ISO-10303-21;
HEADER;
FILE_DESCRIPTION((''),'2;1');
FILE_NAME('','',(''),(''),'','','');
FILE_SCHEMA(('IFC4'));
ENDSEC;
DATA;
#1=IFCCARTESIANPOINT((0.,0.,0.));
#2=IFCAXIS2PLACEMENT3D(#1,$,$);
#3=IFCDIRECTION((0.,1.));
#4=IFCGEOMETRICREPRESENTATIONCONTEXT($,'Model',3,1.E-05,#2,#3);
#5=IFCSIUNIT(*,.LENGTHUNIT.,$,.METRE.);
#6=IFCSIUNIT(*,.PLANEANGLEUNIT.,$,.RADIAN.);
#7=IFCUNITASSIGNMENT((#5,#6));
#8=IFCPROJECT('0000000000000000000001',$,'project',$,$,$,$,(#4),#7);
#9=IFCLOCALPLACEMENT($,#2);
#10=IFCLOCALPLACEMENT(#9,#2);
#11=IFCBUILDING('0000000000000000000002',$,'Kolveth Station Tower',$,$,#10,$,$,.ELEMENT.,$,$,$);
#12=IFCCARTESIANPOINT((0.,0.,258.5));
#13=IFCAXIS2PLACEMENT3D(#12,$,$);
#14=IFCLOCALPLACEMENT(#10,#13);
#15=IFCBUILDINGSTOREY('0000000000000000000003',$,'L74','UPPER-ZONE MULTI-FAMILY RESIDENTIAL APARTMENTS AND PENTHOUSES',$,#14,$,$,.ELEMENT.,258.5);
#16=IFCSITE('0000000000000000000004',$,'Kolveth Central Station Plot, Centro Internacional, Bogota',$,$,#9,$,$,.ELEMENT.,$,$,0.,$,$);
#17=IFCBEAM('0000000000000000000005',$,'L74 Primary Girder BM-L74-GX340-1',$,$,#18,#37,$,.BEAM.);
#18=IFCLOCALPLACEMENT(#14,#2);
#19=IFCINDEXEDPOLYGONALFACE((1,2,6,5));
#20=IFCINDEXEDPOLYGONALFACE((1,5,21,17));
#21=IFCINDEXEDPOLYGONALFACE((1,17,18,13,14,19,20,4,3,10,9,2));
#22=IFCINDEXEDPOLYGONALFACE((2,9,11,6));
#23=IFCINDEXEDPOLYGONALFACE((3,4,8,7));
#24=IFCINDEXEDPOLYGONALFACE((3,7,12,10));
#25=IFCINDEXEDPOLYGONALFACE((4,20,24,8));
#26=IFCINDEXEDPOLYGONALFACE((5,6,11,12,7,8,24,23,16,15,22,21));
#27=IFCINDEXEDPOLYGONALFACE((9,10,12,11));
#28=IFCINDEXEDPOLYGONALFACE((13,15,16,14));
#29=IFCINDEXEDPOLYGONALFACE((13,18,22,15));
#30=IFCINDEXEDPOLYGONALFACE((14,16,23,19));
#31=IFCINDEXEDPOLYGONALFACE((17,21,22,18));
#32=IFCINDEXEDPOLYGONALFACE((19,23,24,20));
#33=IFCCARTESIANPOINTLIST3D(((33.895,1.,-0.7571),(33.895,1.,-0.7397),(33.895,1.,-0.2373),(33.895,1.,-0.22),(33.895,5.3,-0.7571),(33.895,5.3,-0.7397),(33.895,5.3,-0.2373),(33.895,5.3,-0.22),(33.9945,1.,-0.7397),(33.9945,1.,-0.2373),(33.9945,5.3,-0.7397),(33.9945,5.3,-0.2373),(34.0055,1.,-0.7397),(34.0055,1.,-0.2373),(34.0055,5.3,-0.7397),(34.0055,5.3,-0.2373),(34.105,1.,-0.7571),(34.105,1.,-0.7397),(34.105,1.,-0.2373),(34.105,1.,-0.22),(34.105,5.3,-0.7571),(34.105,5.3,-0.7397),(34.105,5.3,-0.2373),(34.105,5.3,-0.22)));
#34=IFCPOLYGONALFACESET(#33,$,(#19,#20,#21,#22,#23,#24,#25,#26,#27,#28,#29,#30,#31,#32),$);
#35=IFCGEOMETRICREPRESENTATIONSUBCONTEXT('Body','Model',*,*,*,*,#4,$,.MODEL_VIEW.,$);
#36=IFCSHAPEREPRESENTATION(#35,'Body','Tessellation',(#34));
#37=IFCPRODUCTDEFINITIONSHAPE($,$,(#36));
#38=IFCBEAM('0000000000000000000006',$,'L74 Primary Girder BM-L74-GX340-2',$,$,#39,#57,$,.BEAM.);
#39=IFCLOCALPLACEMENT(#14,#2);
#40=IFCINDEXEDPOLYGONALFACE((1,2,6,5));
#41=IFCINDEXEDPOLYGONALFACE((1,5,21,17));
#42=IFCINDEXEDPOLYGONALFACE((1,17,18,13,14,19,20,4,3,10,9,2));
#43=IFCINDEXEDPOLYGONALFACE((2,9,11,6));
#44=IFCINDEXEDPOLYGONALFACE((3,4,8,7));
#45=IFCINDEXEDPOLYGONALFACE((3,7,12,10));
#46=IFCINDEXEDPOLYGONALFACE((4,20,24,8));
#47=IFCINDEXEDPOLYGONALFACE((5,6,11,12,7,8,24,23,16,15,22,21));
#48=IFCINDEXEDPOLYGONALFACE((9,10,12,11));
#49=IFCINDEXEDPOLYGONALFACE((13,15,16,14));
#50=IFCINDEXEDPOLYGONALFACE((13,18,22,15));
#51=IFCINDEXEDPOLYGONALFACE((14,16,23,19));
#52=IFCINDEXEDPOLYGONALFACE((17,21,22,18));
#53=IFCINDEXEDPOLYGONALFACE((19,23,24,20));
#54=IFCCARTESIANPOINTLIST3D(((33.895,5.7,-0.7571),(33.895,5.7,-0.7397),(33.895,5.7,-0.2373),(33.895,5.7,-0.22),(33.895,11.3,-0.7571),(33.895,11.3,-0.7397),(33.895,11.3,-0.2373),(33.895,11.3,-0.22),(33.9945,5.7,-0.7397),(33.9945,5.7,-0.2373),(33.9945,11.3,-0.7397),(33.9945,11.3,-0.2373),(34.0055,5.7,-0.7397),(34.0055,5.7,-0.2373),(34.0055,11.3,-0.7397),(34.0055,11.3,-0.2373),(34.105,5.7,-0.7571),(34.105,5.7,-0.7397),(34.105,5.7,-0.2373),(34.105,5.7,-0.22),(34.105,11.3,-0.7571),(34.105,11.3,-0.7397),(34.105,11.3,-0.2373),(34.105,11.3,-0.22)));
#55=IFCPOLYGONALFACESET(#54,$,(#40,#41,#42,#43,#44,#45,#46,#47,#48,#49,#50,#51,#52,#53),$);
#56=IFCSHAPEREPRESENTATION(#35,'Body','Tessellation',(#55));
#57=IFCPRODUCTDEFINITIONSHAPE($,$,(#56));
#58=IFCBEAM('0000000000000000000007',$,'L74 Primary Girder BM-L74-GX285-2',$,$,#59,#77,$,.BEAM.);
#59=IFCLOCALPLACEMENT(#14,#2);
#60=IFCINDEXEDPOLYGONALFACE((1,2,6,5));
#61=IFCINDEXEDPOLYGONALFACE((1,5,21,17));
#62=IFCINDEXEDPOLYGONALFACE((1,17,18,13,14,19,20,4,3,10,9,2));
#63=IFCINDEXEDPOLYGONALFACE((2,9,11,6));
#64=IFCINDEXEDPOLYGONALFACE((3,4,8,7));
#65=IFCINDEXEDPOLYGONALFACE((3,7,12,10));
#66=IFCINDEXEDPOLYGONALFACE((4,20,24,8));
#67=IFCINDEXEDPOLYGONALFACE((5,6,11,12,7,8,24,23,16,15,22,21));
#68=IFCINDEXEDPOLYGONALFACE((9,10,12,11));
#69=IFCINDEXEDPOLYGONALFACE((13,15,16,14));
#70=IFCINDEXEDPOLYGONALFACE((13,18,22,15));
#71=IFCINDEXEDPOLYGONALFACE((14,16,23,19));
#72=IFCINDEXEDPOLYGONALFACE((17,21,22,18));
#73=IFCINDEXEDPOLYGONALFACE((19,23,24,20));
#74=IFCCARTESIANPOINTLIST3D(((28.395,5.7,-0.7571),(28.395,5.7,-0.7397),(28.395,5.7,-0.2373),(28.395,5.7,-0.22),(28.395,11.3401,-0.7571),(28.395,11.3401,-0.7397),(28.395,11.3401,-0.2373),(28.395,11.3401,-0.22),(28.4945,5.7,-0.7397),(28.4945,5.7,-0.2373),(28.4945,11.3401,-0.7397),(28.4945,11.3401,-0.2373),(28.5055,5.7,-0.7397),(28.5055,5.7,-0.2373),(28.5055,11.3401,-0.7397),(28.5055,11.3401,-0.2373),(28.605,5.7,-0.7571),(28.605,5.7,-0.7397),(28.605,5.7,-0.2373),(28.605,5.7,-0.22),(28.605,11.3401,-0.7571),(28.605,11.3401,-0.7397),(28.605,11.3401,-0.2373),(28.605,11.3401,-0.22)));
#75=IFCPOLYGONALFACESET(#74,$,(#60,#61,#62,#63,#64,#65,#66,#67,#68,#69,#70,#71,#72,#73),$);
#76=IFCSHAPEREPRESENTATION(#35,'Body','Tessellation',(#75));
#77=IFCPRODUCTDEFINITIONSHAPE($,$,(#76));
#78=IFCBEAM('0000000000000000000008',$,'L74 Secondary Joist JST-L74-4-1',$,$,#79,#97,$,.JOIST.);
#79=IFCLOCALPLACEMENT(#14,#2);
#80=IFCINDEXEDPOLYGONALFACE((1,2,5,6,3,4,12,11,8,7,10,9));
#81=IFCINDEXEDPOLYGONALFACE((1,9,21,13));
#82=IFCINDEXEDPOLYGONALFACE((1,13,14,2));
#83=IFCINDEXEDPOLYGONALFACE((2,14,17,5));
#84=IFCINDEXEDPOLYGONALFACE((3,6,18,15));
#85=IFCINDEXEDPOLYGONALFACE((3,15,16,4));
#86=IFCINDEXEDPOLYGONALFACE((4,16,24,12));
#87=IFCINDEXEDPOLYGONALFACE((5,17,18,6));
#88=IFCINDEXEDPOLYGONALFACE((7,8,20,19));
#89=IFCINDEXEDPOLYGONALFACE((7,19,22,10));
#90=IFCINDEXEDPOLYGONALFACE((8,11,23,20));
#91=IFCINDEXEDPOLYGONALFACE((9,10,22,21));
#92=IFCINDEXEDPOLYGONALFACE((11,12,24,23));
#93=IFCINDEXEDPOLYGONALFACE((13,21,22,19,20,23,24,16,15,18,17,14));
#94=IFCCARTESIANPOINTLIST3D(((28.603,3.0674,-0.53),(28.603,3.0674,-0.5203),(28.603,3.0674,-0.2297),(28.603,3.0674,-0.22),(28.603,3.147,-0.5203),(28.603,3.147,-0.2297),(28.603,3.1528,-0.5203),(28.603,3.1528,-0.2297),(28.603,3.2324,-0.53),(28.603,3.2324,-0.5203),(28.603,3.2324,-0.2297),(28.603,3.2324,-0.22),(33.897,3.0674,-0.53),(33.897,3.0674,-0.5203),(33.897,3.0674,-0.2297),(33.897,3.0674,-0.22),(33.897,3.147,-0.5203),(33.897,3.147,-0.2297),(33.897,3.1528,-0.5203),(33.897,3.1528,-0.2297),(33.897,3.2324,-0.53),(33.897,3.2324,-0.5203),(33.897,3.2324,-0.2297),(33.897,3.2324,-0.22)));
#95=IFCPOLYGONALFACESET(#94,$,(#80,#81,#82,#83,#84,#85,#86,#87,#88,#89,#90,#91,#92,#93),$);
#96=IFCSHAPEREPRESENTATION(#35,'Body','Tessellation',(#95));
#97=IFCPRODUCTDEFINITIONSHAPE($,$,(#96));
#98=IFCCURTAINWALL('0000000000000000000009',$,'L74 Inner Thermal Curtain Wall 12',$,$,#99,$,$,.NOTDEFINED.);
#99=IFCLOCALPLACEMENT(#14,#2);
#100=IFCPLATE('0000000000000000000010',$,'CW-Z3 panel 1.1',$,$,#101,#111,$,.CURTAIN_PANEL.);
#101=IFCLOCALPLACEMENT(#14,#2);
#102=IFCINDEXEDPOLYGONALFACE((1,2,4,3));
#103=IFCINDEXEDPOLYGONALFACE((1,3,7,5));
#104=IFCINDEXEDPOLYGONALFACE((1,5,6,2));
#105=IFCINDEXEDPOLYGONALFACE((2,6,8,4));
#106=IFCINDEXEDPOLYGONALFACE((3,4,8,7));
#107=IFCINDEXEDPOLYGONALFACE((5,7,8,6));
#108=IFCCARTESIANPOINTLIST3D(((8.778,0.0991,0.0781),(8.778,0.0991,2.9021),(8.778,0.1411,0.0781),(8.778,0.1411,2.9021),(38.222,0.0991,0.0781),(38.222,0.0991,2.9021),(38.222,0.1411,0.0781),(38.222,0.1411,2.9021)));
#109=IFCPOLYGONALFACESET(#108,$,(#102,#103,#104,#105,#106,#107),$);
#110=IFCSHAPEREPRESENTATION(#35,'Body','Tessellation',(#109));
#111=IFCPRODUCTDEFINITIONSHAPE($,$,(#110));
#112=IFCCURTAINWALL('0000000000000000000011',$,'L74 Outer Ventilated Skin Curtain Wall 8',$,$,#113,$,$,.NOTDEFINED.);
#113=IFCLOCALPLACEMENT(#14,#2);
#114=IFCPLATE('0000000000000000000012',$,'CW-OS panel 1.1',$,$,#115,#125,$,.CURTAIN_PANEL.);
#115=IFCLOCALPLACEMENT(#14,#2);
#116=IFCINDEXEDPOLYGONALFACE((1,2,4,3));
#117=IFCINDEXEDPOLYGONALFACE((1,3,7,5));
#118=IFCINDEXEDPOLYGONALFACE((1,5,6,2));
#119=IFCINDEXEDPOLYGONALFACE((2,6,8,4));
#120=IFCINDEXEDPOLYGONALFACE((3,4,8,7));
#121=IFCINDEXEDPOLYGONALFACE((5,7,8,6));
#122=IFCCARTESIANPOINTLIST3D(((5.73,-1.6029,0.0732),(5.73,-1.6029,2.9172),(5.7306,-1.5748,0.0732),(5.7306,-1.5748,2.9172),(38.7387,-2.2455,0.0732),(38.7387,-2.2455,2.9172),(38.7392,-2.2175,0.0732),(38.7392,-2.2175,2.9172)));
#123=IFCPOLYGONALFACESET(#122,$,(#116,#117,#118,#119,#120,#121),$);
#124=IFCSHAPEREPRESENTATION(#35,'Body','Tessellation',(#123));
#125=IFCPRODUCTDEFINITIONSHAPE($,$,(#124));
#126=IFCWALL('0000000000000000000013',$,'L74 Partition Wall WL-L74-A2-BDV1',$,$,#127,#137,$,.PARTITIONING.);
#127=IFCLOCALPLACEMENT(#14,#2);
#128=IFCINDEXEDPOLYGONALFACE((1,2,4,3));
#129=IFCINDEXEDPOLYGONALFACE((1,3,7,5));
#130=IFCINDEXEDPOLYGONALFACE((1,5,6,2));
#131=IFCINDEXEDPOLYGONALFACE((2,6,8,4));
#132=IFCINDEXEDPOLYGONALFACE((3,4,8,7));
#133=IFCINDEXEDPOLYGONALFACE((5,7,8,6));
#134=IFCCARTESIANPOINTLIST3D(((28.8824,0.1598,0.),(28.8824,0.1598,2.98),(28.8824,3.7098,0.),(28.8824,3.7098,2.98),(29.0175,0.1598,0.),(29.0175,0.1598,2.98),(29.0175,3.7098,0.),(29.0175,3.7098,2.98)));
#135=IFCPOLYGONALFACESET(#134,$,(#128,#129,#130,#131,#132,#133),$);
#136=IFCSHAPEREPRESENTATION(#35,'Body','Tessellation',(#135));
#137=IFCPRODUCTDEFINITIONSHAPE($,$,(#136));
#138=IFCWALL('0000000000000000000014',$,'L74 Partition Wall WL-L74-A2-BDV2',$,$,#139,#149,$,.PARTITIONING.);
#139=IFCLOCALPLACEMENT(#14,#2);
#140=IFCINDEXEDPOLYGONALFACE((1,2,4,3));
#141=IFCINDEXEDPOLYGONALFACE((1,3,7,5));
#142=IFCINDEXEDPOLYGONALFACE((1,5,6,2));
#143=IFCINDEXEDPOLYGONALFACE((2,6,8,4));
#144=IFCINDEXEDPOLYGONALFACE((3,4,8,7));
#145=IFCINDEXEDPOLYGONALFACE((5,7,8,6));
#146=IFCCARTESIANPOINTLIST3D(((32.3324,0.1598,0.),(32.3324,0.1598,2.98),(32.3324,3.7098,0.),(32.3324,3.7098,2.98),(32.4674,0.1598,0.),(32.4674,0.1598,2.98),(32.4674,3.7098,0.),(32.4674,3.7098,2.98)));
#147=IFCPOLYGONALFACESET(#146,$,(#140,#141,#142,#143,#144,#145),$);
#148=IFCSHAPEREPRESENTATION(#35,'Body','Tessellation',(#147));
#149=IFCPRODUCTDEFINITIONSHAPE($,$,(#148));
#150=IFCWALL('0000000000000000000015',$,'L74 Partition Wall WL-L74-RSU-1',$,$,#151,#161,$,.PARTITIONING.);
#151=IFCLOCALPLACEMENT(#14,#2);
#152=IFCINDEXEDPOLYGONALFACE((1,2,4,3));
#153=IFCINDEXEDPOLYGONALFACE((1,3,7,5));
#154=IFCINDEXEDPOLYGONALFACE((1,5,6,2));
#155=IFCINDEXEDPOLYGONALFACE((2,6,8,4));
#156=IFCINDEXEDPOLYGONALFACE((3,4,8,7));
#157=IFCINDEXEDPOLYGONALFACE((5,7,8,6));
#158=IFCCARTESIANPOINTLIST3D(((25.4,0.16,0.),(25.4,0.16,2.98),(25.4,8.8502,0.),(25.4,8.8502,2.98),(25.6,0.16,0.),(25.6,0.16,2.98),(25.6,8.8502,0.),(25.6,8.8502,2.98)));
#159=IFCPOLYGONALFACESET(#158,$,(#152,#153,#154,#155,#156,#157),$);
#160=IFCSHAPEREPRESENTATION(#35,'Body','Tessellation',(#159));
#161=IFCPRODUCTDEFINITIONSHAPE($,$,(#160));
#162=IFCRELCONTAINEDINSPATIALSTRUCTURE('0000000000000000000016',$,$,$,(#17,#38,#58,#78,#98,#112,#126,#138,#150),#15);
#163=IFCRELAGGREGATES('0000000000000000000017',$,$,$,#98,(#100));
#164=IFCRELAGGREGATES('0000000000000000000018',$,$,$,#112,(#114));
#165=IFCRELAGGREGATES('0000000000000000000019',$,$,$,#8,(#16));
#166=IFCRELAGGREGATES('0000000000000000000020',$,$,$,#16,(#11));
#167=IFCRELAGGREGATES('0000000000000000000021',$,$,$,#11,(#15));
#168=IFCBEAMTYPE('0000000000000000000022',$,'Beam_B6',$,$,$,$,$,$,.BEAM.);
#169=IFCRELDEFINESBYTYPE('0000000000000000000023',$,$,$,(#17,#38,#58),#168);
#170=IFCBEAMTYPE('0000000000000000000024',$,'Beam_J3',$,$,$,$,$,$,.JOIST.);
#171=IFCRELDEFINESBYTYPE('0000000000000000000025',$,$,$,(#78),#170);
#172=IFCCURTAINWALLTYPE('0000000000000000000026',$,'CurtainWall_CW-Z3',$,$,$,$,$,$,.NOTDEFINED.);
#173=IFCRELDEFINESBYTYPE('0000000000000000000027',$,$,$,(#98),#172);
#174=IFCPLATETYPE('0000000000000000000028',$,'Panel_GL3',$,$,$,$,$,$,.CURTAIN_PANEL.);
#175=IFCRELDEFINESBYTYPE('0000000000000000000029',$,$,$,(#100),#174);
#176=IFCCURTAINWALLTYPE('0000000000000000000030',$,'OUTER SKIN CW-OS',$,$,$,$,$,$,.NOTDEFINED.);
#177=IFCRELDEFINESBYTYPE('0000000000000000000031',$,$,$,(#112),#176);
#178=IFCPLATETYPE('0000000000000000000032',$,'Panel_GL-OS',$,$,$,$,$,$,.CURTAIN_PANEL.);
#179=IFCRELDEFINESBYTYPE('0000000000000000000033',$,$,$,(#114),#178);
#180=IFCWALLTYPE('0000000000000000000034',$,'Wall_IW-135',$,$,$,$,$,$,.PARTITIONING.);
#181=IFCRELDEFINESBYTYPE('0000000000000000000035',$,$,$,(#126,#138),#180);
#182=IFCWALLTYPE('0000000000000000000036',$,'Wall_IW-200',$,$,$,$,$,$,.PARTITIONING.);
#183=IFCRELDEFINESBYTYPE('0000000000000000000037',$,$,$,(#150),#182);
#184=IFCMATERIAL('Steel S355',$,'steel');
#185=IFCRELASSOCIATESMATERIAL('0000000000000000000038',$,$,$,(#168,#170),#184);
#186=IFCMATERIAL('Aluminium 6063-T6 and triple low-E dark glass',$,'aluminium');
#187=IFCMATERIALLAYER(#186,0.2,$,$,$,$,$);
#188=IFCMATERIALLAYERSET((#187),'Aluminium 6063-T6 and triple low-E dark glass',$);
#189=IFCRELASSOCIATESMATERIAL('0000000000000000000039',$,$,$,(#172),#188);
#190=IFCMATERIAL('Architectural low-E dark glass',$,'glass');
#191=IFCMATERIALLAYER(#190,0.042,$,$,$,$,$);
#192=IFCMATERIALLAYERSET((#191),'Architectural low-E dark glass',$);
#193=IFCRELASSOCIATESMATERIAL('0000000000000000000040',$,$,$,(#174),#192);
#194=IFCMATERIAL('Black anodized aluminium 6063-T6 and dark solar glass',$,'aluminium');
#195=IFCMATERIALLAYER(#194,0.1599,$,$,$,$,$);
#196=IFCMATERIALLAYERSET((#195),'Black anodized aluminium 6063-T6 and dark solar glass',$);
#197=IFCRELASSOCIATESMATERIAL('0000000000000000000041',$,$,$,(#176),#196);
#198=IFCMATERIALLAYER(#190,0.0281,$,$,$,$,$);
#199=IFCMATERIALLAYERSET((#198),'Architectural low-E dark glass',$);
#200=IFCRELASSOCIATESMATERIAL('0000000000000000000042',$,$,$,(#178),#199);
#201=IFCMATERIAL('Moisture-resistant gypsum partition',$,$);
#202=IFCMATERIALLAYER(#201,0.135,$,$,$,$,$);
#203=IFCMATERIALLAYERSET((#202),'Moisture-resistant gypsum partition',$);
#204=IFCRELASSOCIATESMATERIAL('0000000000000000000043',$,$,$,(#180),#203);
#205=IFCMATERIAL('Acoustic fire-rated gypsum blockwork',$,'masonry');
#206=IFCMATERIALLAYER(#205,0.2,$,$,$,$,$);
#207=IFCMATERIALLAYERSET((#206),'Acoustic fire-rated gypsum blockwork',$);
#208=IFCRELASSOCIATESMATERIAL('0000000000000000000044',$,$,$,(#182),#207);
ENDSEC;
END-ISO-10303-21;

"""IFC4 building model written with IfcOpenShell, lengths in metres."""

from ifc_helpers import new_model, si_unit, direction, frame, frame_2d, origin, origin_2d, place, context, subcontext, project, spatial, rectangle, i_section, extrude, source, transform, mapped, material, layer, layer_set, material_profile, profile_set, type_object, element, aggregate, save


model = new_model("IFC4")

# Units and contexts
model_context = context("Model", 3, precision=1e-05, world=origin(), true_north=direction((0.0, 1.0)))
body_context = subcontext(model_context, "Body", "Model", "MODEL_VIEW")
ifc_project = project(units=[si_unit("LENGTHUNIT", "METRE"), si_unit("PLANEANGLEUNIT", "RADIAN")], contexts=[model_context])

# Site, building, storey
site_placement = place(None, origin())
site = spatial("IfcSite", under=ifc_project, at=site_placement, Name="Kolveth Central Station Plot, Centro Internacional, Bogota", CompositionType="ELEMENT", RefElevation=0.0)
building_placement = place(site_placement, origin())
building = spatial("IfcBuilding", under=site, at=building_placement, Name="Kolveth Station Tower", CompositionType="ELEMENT")
storey_placement = place(building_placement, frame((0.0, 0.0, 258.5)))
storey = spatial("IfcBuildingStorey", under=building, at=storey_placement, Name="L74", Description="UPPER-ZONE MULTI-FAMILY RESIDENTIAL APARTMENTS AND PENTHOUSES", CompositionType="ELEMENT", Elevation=258.5)

# Shared definitions
ifc_material_1 = material(Name="Steel S355", Category="steel")

# Beams
ifc_material_profile_1 = material_profile(ifc_material_1, i_section(OverallWidth=0.21, OverallDepth=0.5371, WebThickness=0.011, FlangeThickness=0.0173, at=origin_2d()), Name="W530x101")
ifc_profile_set_1 = profile_set([ifc_material_profile_1], Name="Steel S355")
beam_type_1 = type_object("IfcBeamType", Name="Beam_B6", PredefinedType="BEAM", material=ifc_profile_set_1)
shared_shape_1 = source(origin(), body_context, "Body", "SweptSolid", [
    extrude(i_section(OverallWidth=0.21, OverallDepth=0.5371, WebThickness=0.011, FlangeThickness=0.0173, at=origin_2d()), origin(), (0.0, 0.0, 1.0), 4.3),
])
for number, where, z_axis, x_axis, name in (
    (1, (34.0, 1.0, -0.4885), (0.0, 1.0, 0.0), (-1.0, 0.0, 0.0), "L74 Primary Girder BM-L74-GX340-1"),
):
    element("IfcBeam", number, at=place(storey_placement, frame(where, z_axis=z_axis, x_axis=x_axis)), inside=storey, type_object=beam_type_1, Name=name, PredefinedType="BEAM", context=body_context, shape_type="MappedRepresentation", body=[
        mapped(shared_shape_1, transform((0.0, 0.0, 0.0), x_axis=(1.0, 0.0, 0.0), y_axis=(0.0, 1.0, 0.0), z_axis=(0.0, 0.0, 1.0), scale=1.0)),
    ])
shared_shape_2 = source(origin(), body_context, "Body", "SweptSolid", [
    extrude(i_section(OverallWidth=0.21, OverallDepth=0.5371, WebThickness=0.011, FlangeThickness=0.0173, at=origin_2d()), origin(), (0.0, 0.0, 1.0), 5.6001),
])
beam_1_placement = place(storey_placement, frame((34.0, 5.7, -0.4885), z_axis=(0.0, 1.0, 0.0), x_axis=(-1.0, 0.0, 0.0)))
element("IfcBeam", 2, at=beam_1_placement, inside=storey, type_object=beam_type_1, Name="L74 Primary Girder BM-L74-GX340-2", PredefinedType="BEAM", context=body_context, shape_type="MappedRepresentation", body=[
    mapped(shared_shape_2, transform((0.0, 0.0, 0.0), x_axis=(1.0, 0.0, 0.0), y_axis=(0.0, 1.0, 0.0), z_axis=(0.0, 0.0, 1.0), scale=1.0)),
])
shared_shape_3 = source(origin(), body_context, "Body", "SweptSolid", [
    extrude(i_section(OverallWidth=0.21, OverallDepth=0.5371, WebThickness=0.011, FlangeThickness=0.0173, at=origin_2d()), origin(), (0.0, 0.0, 1.0), 5.6401),
])
beam_2_placement = place(storey_placement, frame((28.5, 5.7, -0.4885), z_axis=(0.0, 1.0, 0.0), x_axis=(-1.0, 0.0, 0.0)))
element("IfcBeam", 3, at=beam_2_placement, inside=storey, type_object=beam_type_1, Name="L74 Primary Girder BM-L74-GX285-2", PredefinedType="BEAM", context=body_context, shape_type="MappedRepresentation", body=[
    mapped(shared_shape_3, transform((0.0, 0.0, 0.0), x_axis=(1.0, 0.0, 0.0), y_axis=(0.0, 1.0, 0.0), z_axis=(0.0, 0.0, 1.0), scale=1.0)),
])
ifc_material_profile_2 = material_profile(ifc_material_1, i_section(OverallWidth=0.165, OverallDepth=0.3101, WebThickness=0.0059, FlangeThickness=0.0098, at=origin_2d()), Name="W310x39")
ifc_profile_set_2 = profile_set([ifc_material_profile_2], Name="Steel S355")
beam_type_2 = type_object("IfcBeamType", Name="Beam_J3", PredefinedType="JOIST", material=ifc_profile_set_2)
shared_shape_4 = source(origin(), body_context, "Body", "SweptSolid", [
    extrude(i_section(OverallWidth=0.165, OverallDepth=0.3101, WebThickness=0.0059, FlangeThickness=0.0098, at=origin_2d()), origin(), (0.0, 0.0, 1.0), 5.2939),
])
beam_3_placement = place(storey_placement, frame((28.603, 3.1499, -0.375), z_axis=(1.0, 0.0, 0.0), x_axis=(0.0, 1.0, 0.0)))
element("IfcBeam", 4, at=beam_3_placement, inside=storey, type_object=beam_type_2, Name="L74 Secondary Joist JST-L74-4-1", PredefinedType="JOIST", context=body_context, shape_type="MappedRepresentation", body=[
    mapped(shared_shape_4, transform((0.0, 0.0, 0.0), x_axis=(1.0, 0.0, 0.0), y_axis=(0.0, 1.0, 0.0), z_axis=(0.0, 0.0, 1.0), scale=1.0)),
])

# Curtain walls, plates
ifc_material_2 = material(Name="Aluminium 6063-T6 and triple low-E dark glass", Category="aluminium")
ifc_layer_1 = layer(ifc_material_2, 0.2)
ifc_layer_set_1 = layer_set([ifc_layer_1], Name="Aluminium 6063-T6 and triple low-E dark glass")
curtain_wall_type_1 = type_object("IfcCurtainWallType", Name="CurtainWall_CW-Z3", PredefinedType="NOTDEFINED", material=ifc_layer_set_1)
curtain_wall_1_placement = place(storey_placement, origin())
curtain_wall_1 = element("IfcCurtainWall", 5, at=curtain_wall_1_placement, inside=storey, type_object=curtain_wall_type_1, Name="L74 Inner Thermal Curtain Wall 12", PredefinedType="NOTDEFINED")
ifc_material_3 = material(Name="Architectural low-E dark glass", Category="glass")
ifc_layer_2 = layer(ifc_material_3, 0.042)
ifc_layer_set_2 = layer_set([ifc_layer_2], Name="Architectural low-E dark glass")
plate_type_1 = type_object("IfcPlateType", Name="Panel_GL3", PredefinedType="CURTAIN_PANEL", material=ifc_layer_set_2)
shared_shape_5 = source(origin(), body_context, "Body", "SweptSolid", [
    extrude(rectangle(XDim=29.4441, YDim=0.042, at=origin_2d()), origin(), (0.0, 0.0, 1.0), 2.824),
])
plate_1_placement = place(storey_placement, frame((23.5, 0.1201, 0.0781), z_axis=(0.0, 0.0, 1.0), x_axis=(1.0, 0.0, 0.0)))
plate_1 = element("IfcPlate", 6, at=plate_1_placement, type_object=plate_type_1, Name="CW-Z3 panel 1.1", PredefinedType="CURTAIN_PANEL", context=body_context, shape_type="MappedRepresentation", body=[
    mapped(shared_shape_5, transform((0.0, 0.0, 0.0), x_axis=(1.0, 0.0, 0.0), y_axis=(0.0, 1.0, 0.0), z_axis=(0.0, 0.0, 1.0), scale=1.0)),
])
aggregate(curtain_wall_1, [plate_1])
ifc_material_4 = material(Name="Black anodized aluminium 6063-T6 and dark solar glass", Category="aluminium")
ifc_layer_3 = layer(ifc_material_4, 0.1599)
ifc_layer_set_3 = layer_set([ifc_layer_3], Name="Black anodized aluminium 6063-T6 and dark solar glass")
curtain_wall_type_2 = type_object("IfcCurtainWallType", Name="OUTER SKIN CW-OS", PredefinedType="NOTDEFINED", material=ifc_layer_set_3)
curtain_wall_2_placement = place(storey_placement, origin())
curtain_wall_2 = element("IfcCurtainWall", 7, at=curtain_wall_2_placement, inside=storey, type_object=curtain_wall_type_2, Name="L74 Outer Ventilated Skin Curtain Wall 8", PredefinedType="NOTDEFINED")
ifc_layer_4 = layer(ifc_material_3, 0.0281)
ifc_layer_set_4 = layer_set([ifc_layer_4], Name="Architectural low-E dark glass")
plate_type_2 = type_object("IfcPlateType", Name="Panel_GL-OS", PredefinedType="CURTAIN_PANEL", material=ifc_layer_set_4)
shared_shape_6 = source(origin(), body_context, "Body", "SweptSolid", [
    extrude(rectangle(XDim=33.0149, YDim=0.0281, at=origin_2d()), origin(), (0.0, 0.0, 1.0), 2.844),
])
plate_2_placement = place(storey_placement, frame((22.2346, -1.9102, 0.0732), z_axis=(0.0, 0.0, 1.0), x_axis=(0.999811, -0.019466, 0.0)))
plate_2 = element("IfcPlate", 8, at=plate_2_placement, type_object=plate_type_2, Name="CW-OS panel 1.1", PredefinedType="CURTAIN_PANEL", context=body_context, shape_type="MappedRepresentation", body=[
    mapped(shared_shape_6, transform((0.0, 0.0, 0.0), x_axis=(1.0, 0.0, 0.0), y_axis=(0.0, 1.0, 0.0), z_axis=(0.0, 0.0, 1.0), scale=1.0)),
])
aggregate(curtain_wall_2, [plate_2])

# Shared definitions
ifc_material_5 = material(Name="Moisture-resistant gypsum partition")
ifc_layer_5 = layer(ifc_material_5, 0.135)
ifc_layer_set_5 = layer_set([ifc_layer_5], Name="Moisture-resistant gypsum partition")
wall_type_1 = type_object("IfcWallType", Name="Wall_IW-135", PredefinedType="PARTITIONING", material=ifc_layer_set_5)

# Wall
wall_1_placement = place(storey_placement, frame((28.95, 0.1599, 0.0), z_axis=(0.0, 0.0, 1.0), x_axis=(0.0, 1.0, 0.0)))
element("IfcWall", 9, at=wall_1_placement, inside=storey, type_object=wall_type_1, Name="L74 Partition Wall WL-L74-A2-BDV1", PredefinedType="PARTITIONING", context=body_context, shape_type="SweptSolid", body=[
    extrude(rectangle(XDim=3.55, YDim=0.135, at=frame_2d((1.7749, 0.0))), origin(), (0.0, 0.0, 1.0), 2.98),
])

# Walls
wall_2_placement = place(storey_placement, frame((32.3999, 0.1599, 0.0), z_axis=(0.0, 0.0, 1.0), x_axis=(0.0, 1.0, 0.0)))
element("IfcWall", 10, at=wall_2_placement, inside=storey, type_object=wall_type_1, Name="L74 Partition Wall WL-L74-A2-BDV2", PredefinedType="PARTITIONING", context=body_context, shape_type="SweptSolid", body=[
    extrude(rectangle(XDim=3.55, YDim=0.135, at=frame_2d((1.7749, 0.0))), origin(), (0.0, 0.0, 1.0), 2.98),
])
ifc_material_6 = material(Name="Acoustic fire-rated gypsum blockwork", Category="masonry")
ifc_layer_6 = layer(ifc_material_6, 0.2)
ifc_layer_set_6 = layer_set([ifc_layer_6], Name="Acoustic fire-rated gypsum blockwork")
wall_type_2 = type_object("IfcWallType", Name="Wall_IW-200", PredefinedType="PARTITIONING", material=ifc_layer_set_6)
wall_3_placement = place(storey_placement, frame((25.5, 0.1599, 0.0), z_axis=(0.0, 0.0, 1.0), x_axis=(0.0, 1.0, 0.0)))
element("IfcWall", 11, at=wall_3_placement, inside=storey, type_object=wall_type_2, Name="L74 Partition Wall WL-L74-RSU-1", PredefinedType="PARTITIONING", context=body_context, shape_type="SweptSolid", body=[
    extrude(rectangle(XDim=8.6902, YDim=0.2, at=frame_2d((4.3452, 0.0))), origin(), (0.0, 0.0, 1.0), 2.98),
])

save(model, "model.ifc")
